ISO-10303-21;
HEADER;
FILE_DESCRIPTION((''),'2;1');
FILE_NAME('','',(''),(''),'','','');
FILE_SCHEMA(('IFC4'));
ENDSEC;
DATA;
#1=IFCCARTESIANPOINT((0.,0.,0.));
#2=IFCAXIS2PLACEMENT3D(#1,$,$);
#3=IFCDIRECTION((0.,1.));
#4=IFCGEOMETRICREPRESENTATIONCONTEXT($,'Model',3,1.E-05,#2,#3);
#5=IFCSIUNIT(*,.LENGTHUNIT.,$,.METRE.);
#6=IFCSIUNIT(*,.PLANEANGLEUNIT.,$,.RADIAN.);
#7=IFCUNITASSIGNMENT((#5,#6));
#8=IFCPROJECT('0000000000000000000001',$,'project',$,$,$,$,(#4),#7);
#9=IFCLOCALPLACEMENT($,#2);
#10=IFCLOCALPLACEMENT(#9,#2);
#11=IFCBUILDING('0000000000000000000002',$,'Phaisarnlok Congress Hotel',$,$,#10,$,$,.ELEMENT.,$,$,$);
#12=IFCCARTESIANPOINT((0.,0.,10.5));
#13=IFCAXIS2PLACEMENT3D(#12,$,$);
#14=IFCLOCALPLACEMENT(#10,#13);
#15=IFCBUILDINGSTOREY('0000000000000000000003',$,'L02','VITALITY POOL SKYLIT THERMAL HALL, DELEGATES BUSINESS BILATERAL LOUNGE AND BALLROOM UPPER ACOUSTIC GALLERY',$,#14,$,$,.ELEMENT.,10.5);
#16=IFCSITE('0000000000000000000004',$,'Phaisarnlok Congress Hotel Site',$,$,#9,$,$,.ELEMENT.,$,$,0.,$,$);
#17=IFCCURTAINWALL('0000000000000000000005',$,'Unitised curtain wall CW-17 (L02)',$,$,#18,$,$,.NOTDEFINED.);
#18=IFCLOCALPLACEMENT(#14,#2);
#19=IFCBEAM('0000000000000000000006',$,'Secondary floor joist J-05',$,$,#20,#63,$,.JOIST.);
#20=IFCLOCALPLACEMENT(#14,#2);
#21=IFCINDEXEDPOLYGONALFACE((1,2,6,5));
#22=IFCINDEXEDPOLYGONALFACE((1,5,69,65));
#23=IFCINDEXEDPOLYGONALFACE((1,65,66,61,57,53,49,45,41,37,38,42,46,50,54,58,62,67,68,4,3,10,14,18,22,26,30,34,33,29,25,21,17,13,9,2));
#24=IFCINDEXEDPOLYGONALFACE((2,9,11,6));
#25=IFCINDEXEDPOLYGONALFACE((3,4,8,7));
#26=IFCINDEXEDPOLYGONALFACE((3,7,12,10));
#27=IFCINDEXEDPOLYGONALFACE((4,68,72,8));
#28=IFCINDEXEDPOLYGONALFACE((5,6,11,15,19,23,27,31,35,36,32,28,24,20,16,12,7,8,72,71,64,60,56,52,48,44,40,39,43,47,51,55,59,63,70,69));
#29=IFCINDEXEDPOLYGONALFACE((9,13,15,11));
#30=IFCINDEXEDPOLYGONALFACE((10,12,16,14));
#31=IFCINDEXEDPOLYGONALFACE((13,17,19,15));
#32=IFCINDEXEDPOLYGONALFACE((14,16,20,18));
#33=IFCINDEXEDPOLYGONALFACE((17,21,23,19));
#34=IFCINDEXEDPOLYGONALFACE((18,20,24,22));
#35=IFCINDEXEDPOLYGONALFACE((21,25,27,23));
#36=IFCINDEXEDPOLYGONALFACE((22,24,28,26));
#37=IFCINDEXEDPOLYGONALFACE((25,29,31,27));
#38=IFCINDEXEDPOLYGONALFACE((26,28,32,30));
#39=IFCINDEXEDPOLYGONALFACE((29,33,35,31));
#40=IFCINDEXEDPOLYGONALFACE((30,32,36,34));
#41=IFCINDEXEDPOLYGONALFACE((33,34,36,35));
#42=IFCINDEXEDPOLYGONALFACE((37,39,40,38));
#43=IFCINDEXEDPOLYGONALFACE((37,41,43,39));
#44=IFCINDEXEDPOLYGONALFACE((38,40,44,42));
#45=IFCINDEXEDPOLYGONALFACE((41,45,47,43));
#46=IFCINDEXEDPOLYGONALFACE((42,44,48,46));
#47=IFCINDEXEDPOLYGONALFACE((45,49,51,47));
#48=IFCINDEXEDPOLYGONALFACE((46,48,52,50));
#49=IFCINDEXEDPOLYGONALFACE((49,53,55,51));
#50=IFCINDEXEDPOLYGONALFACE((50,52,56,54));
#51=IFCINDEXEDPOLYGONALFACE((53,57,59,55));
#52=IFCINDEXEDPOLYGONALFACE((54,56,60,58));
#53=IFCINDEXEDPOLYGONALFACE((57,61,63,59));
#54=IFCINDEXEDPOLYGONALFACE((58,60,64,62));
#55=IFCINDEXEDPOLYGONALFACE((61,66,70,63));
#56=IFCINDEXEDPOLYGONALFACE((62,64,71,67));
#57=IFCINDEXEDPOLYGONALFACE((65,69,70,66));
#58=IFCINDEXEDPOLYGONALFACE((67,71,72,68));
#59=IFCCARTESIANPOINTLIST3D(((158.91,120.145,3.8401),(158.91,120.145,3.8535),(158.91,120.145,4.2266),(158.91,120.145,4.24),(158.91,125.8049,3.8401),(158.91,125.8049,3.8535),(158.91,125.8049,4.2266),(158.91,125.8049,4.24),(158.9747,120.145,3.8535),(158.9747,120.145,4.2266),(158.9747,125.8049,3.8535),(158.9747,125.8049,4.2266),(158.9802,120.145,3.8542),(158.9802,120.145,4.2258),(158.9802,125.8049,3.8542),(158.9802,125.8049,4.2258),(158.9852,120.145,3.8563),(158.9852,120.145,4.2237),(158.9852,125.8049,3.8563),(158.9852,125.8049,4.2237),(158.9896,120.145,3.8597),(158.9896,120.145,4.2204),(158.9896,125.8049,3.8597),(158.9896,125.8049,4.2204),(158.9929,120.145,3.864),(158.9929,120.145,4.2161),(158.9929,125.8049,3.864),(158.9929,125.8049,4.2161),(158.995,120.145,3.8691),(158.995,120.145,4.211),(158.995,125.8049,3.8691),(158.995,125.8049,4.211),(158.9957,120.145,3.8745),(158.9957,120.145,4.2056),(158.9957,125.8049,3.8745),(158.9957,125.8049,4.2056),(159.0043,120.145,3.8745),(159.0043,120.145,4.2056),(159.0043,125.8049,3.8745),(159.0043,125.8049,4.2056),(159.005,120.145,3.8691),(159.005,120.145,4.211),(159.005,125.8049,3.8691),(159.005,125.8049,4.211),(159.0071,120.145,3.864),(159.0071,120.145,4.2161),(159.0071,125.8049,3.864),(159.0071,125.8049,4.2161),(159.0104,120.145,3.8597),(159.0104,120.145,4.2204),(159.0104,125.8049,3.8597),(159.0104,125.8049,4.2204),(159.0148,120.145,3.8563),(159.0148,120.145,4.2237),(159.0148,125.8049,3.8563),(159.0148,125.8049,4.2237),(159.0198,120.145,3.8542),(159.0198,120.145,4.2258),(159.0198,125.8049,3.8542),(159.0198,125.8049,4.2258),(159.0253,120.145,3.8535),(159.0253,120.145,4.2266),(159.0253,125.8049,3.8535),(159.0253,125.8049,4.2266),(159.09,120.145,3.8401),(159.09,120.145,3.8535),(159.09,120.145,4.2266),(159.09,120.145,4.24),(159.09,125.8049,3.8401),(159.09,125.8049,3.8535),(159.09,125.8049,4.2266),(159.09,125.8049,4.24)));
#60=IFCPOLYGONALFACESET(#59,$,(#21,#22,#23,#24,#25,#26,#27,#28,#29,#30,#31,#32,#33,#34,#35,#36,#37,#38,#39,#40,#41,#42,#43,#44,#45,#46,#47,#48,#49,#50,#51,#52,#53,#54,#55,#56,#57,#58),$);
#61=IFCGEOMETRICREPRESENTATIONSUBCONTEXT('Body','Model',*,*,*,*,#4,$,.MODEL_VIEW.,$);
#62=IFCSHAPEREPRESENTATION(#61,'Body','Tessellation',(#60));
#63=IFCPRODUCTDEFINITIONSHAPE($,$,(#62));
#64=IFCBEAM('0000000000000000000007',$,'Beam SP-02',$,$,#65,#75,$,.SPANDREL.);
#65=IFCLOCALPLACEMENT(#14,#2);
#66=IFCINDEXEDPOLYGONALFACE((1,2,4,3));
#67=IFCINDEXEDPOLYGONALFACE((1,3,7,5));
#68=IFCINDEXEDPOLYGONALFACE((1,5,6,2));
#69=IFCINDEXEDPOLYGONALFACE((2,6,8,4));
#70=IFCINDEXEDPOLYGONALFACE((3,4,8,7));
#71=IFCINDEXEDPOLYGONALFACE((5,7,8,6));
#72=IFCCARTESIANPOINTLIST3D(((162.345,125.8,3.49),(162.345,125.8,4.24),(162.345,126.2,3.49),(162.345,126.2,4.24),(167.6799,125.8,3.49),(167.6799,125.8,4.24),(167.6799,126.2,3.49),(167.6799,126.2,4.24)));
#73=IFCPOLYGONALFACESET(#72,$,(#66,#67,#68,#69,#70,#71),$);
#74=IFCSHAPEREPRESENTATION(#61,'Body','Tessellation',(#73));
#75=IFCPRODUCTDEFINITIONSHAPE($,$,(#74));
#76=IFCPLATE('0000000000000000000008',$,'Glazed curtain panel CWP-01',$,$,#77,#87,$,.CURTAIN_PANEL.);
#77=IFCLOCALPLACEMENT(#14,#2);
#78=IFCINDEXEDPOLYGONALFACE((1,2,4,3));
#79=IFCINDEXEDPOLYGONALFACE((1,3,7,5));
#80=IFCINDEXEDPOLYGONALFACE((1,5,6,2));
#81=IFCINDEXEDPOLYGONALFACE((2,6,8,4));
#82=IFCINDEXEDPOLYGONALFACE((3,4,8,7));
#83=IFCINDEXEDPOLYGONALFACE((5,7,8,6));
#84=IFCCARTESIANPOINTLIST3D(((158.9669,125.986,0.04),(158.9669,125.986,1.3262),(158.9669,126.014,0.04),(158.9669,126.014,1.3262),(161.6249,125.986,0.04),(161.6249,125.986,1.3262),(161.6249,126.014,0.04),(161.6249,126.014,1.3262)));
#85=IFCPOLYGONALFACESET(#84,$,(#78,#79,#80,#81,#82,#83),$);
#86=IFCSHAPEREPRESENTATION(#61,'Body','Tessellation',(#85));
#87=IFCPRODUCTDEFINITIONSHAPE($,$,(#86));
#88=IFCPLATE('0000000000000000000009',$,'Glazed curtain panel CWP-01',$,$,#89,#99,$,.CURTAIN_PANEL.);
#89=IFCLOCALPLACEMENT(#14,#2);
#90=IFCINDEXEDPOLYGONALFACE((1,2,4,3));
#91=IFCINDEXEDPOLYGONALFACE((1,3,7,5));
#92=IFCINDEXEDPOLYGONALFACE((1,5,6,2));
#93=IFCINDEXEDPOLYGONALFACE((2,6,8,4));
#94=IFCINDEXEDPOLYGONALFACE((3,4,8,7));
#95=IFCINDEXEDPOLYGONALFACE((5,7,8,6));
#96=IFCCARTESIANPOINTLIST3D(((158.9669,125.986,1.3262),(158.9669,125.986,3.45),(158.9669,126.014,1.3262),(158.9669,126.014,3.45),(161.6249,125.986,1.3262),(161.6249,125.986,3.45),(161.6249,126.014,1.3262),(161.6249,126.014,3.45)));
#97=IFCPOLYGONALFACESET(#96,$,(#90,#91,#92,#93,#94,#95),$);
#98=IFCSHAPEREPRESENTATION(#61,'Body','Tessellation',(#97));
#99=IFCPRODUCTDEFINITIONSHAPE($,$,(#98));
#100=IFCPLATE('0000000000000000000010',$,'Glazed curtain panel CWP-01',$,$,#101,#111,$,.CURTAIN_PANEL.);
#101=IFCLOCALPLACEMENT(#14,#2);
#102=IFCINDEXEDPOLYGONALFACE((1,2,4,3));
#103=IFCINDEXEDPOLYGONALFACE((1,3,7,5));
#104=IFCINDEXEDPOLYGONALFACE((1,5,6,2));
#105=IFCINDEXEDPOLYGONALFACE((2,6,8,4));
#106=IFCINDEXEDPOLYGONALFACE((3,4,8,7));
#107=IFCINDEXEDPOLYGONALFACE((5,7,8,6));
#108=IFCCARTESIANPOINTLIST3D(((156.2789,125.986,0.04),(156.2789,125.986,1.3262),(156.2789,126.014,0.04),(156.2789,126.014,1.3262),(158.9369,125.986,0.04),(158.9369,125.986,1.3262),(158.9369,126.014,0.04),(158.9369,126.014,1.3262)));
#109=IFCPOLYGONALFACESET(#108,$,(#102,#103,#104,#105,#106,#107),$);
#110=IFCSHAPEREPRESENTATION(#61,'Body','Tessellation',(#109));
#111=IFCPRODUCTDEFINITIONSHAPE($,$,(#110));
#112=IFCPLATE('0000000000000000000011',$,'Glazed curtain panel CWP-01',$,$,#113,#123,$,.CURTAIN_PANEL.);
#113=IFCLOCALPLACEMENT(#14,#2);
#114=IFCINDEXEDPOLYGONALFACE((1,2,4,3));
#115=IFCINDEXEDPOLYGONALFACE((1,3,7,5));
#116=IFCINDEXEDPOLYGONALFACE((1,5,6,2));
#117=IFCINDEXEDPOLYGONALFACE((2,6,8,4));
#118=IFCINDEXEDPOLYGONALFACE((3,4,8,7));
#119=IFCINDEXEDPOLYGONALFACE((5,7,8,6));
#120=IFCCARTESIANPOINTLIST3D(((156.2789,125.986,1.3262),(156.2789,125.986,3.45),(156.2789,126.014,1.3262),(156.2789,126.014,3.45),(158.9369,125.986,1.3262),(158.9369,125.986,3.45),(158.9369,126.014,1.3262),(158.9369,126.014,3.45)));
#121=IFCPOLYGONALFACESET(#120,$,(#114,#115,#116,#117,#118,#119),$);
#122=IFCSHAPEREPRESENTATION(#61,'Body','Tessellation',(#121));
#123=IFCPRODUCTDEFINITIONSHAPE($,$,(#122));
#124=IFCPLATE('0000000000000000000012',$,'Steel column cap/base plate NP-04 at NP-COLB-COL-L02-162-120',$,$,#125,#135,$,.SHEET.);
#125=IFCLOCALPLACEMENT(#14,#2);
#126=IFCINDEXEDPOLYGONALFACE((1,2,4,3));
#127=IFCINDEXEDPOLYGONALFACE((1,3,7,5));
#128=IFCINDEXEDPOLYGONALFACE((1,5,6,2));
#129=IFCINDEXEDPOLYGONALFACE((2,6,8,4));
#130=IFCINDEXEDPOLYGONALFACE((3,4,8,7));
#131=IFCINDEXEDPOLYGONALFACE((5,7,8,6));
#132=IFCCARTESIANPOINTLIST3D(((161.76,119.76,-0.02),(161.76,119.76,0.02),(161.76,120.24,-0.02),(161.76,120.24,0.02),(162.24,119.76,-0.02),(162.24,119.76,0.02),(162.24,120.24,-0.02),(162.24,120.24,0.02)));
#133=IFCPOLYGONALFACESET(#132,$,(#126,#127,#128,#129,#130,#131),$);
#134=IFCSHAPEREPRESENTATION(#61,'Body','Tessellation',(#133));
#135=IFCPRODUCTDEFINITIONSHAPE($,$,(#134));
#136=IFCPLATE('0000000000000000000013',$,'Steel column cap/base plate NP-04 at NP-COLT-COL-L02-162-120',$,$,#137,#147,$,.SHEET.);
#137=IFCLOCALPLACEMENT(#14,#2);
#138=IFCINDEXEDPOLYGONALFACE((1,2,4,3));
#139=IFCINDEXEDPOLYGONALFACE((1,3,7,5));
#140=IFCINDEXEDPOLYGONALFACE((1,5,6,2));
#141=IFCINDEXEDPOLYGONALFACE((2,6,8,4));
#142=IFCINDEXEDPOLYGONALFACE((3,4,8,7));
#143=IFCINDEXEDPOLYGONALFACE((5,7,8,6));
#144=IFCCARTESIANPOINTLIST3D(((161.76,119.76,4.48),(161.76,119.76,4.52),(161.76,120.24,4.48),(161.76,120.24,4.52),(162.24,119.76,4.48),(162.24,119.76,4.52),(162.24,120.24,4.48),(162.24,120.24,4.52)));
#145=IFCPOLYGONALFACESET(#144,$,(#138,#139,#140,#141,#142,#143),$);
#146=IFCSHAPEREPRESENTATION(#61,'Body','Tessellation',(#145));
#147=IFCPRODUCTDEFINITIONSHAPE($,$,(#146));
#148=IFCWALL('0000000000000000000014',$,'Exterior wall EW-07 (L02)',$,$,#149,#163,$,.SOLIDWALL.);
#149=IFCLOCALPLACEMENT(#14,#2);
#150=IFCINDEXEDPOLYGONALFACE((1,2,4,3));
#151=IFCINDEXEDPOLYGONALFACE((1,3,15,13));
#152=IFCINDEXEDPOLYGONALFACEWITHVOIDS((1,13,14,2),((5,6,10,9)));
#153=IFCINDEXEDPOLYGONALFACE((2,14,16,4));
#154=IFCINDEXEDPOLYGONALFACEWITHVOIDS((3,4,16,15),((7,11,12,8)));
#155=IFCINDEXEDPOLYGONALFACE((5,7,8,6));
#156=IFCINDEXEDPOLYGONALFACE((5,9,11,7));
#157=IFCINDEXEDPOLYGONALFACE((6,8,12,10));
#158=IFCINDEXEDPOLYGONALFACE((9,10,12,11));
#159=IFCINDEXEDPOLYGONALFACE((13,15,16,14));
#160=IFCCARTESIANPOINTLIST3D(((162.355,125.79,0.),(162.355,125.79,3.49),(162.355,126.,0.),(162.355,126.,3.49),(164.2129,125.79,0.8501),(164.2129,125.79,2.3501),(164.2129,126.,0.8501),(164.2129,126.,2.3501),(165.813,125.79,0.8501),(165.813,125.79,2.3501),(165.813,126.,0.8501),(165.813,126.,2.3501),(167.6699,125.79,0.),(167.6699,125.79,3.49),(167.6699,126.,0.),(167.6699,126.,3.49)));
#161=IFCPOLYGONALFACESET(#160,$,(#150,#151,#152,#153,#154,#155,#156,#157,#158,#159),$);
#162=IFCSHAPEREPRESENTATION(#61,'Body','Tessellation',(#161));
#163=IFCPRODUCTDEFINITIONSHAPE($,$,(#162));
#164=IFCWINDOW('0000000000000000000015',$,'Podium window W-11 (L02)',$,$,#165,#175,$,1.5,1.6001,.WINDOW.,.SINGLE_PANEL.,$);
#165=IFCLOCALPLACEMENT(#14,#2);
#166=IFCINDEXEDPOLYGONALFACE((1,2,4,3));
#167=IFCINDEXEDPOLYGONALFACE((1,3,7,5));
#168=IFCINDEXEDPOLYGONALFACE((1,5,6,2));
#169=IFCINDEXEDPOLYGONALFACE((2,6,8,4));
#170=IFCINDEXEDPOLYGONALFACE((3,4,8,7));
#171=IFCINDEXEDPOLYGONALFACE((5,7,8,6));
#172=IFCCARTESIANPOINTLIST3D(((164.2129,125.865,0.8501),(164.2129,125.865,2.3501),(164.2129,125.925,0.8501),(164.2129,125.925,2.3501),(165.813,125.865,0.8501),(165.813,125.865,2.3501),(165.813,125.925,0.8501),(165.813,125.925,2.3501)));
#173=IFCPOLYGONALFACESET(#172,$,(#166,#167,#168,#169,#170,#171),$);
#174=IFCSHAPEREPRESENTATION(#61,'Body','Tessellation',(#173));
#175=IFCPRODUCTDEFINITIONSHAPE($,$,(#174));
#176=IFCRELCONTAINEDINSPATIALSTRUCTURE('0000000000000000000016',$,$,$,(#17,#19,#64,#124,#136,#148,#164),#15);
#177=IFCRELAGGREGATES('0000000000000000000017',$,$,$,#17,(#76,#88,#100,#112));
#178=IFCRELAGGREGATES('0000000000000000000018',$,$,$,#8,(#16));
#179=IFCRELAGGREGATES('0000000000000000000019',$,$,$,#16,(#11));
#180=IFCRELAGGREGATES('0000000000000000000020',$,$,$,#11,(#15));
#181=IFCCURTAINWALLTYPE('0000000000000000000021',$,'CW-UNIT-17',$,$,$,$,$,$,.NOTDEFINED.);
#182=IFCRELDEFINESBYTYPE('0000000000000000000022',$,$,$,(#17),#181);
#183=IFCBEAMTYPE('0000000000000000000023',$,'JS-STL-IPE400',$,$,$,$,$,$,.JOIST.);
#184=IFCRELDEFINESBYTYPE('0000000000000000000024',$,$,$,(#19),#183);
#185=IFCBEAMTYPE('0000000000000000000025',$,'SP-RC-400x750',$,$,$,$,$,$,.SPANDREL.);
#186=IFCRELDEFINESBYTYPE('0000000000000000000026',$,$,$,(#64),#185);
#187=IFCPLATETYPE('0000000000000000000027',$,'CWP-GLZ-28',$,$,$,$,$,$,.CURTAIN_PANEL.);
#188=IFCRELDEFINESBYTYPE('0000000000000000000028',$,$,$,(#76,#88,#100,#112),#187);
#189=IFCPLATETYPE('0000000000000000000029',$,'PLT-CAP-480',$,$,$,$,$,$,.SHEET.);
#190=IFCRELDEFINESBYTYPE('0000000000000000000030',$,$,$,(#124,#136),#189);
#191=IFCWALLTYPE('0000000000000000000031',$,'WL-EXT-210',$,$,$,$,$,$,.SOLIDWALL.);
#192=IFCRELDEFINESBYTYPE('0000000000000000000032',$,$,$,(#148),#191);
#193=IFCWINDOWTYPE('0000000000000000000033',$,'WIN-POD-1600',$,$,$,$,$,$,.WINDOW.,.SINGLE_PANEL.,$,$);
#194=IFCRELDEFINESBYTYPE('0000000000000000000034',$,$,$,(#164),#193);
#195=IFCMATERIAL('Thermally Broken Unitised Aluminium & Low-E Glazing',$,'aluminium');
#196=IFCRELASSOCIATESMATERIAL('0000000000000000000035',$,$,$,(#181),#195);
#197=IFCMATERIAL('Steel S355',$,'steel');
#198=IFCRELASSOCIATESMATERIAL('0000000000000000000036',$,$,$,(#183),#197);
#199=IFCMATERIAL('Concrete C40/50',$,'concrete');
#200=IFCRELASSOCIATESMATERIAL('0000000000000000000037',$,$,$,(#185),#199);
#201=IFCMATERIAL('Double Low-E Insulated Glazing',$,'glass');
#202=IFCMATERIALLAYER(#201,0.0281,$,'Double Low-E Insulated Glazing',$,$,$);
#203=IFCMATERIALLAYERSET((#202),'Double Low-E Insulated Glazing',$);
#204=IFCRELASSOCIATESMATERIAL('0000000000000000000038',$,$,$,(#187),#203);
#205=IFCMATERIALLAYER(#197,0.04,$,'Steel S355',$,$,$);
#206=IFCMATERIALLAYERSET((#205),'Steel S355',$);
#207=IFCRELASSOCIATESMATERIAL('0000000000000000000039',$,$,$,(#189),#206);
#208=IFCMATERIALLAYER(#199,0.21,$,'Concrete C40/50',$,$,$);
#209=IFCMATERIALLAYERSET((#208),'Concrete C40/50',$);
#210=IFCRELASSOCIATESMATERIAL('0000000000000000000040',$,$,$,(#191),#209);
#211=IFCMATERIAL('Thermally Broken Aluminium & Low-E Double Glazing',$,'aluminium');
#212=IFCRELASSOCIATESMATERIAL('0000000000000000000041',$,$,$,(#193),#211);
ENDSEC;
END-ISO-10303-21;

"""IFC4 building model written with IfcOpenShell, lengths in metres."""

from ifc_helpers import new_model, si_unit, direction, frame, frame_2d, origin, origin_2d, place, context, subcontext, project, spatial, rectangle, i_section, extrude, material, layer, layer_set, material_profile, profile_set, type_object, element, fill, aggregate, save


model = new_model("IFC4")

# Units and contexts
model_context = context("Model", 3, precision=1e-05, world=origin(), true_north=direction((0.0, 1.0)))
body_context = subcontext(model_context, "Body", "Model", "MODEL_VIEW")
ifc_project = project(units=[si_unit("LENGTHUNIT", "METRE"), si_unit("PLANEANGLEUNIT", "RADIAN")], contexts=[model_context])

# Site, building, storey
site_placement = place(None, origin())
site = spatial("IfcSite", under=ifc_project, at=site_placement, Name="Phaisarnlok Congress Hotel Site", CompositionType="ELEMENT", RefElevation=0.0)
building_placement = place(site_placement, origin())
building = spatial("IfcBuilding", under=site, at=building_placement, Name="Phaisarnlok Congress Hotel", CompositionType="ELEMENT")
storey_placement = place(building_placement, frame((0.0, 0.0, 10.5)))
storey = spatial("IfcBuildingStorey", under=building, at=storey_placement, Name="L02", Description="VITALITY POOL SKYLIT THERMAL HALL, DELEGATES BUSINESS BILATERAL LOUNGE AND BALLROOM UPPER ACOUSTIC GALLERY", CompositionType="ELEMENT", Elevation=10.5)

# Shared definitions
ifc_material_1 = material(Name="Steel S355", Category="steel")

# Shared definitions
ifc_material_2 = material(Name="Concrete C40/50", Category="concrete")

# Curtain wall
ifc_material_3 = material(Name="Thermally Broken Unitised Aluminium & Low-E Glazing", Category="aluminium")
curtain_wall_type = type_object("IfcCurtainWallType", Name="CW-UNIT-17", PredefinedType="NOTDEFINED", material=ifc_material_3)
curtain_wall_placement = place(storey_placement, origin())
curtain_wall = element("IfcCurtainWall", 1, at=curtain_wall_placement, inside=storey, type_object=curtain_wall_type, Name="Unitised curtain wall CW-17 (L02)", PredefinedType="NOTDEFINED")

# Beams
ifc_material_profile_1 = material_profile(ifc_material_1, i_section(OverallWidth=0.1799, OverallDepth=0.3999, WebThickness=0.0085, FlangeThickness=0.0134, FilletRadius=0.021, at=origin_2d()), Name="IPE 400")
ifc_profile_set_1 = profile_set([ifc_material_profile_1], Name="Steel S355")
beam_type_1 = type_object("IfcBeamType", Name="JS-STL-IPE400", PredefinedType="JOIST", material=ifc_profile_set_1)
beam_1_placement = place(storey_placement, frame((159.0, 120.145, 4.04), z_axis=(0.0, 1.0, 0.0), x_axis=(-1.0, 0.0, 0.0)))
element("IfcBeam", 2, at=beam_1_placement, inside=storey, type_object=beam_type_1, Name="Secondary floor joist J-05", PredefinedType="JOIST", context=body_context, shape_type="SweptSolid", body=[
    extrude(i_section(OverallWidth=0.1799, OverallDepth=0.3999, WebThickness=0.0085, FlangeThickness=0.0134, FilletRadius=0.021, at=origin_2d()), origin(), (0.0, 0.0, 1.0), 5.6599),
])
ifc_material_profile_2 = material_profile(ifc_material_2, rectangle(XDim=0.3999, YDim=0.75, at=origin_2d()), Name="RC 400x750")
ifc_profile_set_2 = profile_set([ifc_material_profile_2], Name="Concrete C40/50")
beam_type_2 = type_object("IfcBeamType", Name="SP-RC-400x750", PredefinedType="SPANDREL", material=ifc_profile_set_2)
beam_2_placement = place(storey_placement, frame((162.345, 126.0, 3.865), z_axis=(1.0, 0.0, 0.0), x_axis=(0.0, 1.0, 0.0)))
element("IfcBeam", 3, at=beam_2_placement, inside=storey, type_object=beam_type_2, Name="Beam SP-02", PredefinedType="SPANDREL", context=body_context, shape_type="SweptSolid", body=[
    extrude(rectangle(XDim=0.3999, YDim=0.75, at=origin_2d()), origin(), (0.0, 0.0, 1.0), 5.335),
])

# Plates
ifc_material_4 = material(Name="Double Low-E Insulated Glazing", Category="glass")
ifc_layer_1 = layer(ifc_material_4, 0.0281, Name="Double Low-E Insulated Glazing")
ifc_layer_set_1 = layer_set([ifc_layer_1], Name="Double Low-E Insulated Glazing")
plate_type_1 = type_object("IfcPlateType", Name="CWP-GLZ-28", PredefinedType="CURTAIN_PANEL", material=ifc_layer_set_1)
plate_1_placement = place(storey_placement, frame((161.625, 126.0, 0.04), z_axis=(0.0, 0.0, 1.0), x_axis=(-1.0, 0.0, 0.0)))
plate_1 = element("IfcPlate", 4, at=plate_1_placement, type_object=plate_type_1, Name="Glazed curtain panel CWP-01", PredefinedType="CURTAIN_PANEL", context=body_context, shape_type="SweptSolid", body=[
    extrude(rectangle(XDim=2.658, YDim=0.0281, at=frame_2d((1.3291, 0.0))), origin(), (0.0, 0.0, 1.0), 1.2861),
])
plate_2_placement = place(storey_placement, frame((161.625, 126.0, 1.3262), z_axis=(0.0, 0.0, 1.0), x_axis=(-1.0, 0.0, 0.0)))
plate_2 = element("IfcPlate", 5, at=plate_2_placement, type_object=plate_type_1, Name="Glazed curtain panel CWP-01", PredefinedType="CURTAIN_PANEL", context=body_context, shape_type="SweptSolid", body=[
    extrude(rectangle(XDim=2.658, YDim=0.0281, at=frame_2d((1.3291, 0.0))), origin(), (0.0, 0.0, 1.0), 2.1238),
])
plate_3_placement = place(storey_placement, frame((158.937, 126.0, 0.04), z_axis=(0.0, 0.0, 1.0), x_axis=(-1.0, 0.0, 0.0)))
plate_3 = element("IfcPlate", 6, at=plate_3_placement, type_object=plate_type_1, Name="Glazed curtain panel CWP-01", PredefinedType="CURTAIN_PANEL", context=body_context, shape_type="SweptSolid", body=[
    extrude(rectangle(XDim=2.658, YDim=0.0281, at=frame_2d((1.3291, 0.0))), origin(), (0.0, 0.0, 1.0), 1.2861),
])
plate_4_placement = place(storey_placement, frame((158.937, 126.0, 1.3262), z_axis=(0.0, 0.0, 1.0), x_axis=(-1.0, 0.0, 0.0)))
plate_4 = element("IfcPlate", 7, at=plate_4_placement, type_object=plate_type_1, Name="Glazed curtain panel CWP-01", PredefinedType="CURTAIN_PANEL", context=body_context, shape_type="SweptSolid", body=[
    extrude(rectangle(XDim=2.658, YDim=0.0281, at=frame_2d((1.3291, 0.0))), origin(), (0.0, 0.0, 1.0), 2.1238),
])
aggregate(curtain_wall, [plate_1, plate_2, plate_3, plate_4])

# Plates
ifc_layer_2 = layer(ifc_material_1, 0.04, Name="Steel S355")
ifc_layer_set_2 = layer_set([ifc_layer_2], Name="Steel S355")
plate_type_2 = type_object("IfcPlateType", Name="PLT-CAP-480", PredefinedType="SHEET", material=ifc_layer_set_2)
for number, where, z_axis, x_axis, name in (
    (8, (162.0, 120.0, -0.02), (0.0, 0.0, 1.0), (1.0, 0.0, 0.0), "Steel column cap/base plate NP-04 at NP-COLB-COL-L02-162-120"),
    (9, (162.0, 120.0, 4.48), (0.0, 0.0, 1.0), (1.0, 0.0, 0.0), "Steel column cap/base plate NP-04 at NP-COLT-COL-L02-162-120"),
):
    element("IfcPlate", number, at=place(storey_placement, frame(where, z_axis=z_axis, x_axis=x_axis)), inside=storey, type_object=plate_type_2, Name=name, PredefinedType="SHEET", context=body_context, shape_type="SweptSolid", body=[
        extrude(rectangle(XDim=0.48, YDim=0.48, at=origin_2d()), origin(), (0.0, 0.0, 1.0), 0.04),
    ])

# Wall, opening, window
ifc_layer_3 = layer(ifc_material_2, 0.21, Name="Concrete C40/50")
ifc_layer_set_3 = layer_set([ifc_layer_3], Name="Concrete C40/50")
wall_type = type_object("IfcWallType", Name="WL-EXT-210", PredefinedType="SOLIDWALL", material=ifc_layer_set_3)
wall_placement = place(storey_placement, frame((167.6699, 125.895, 0.0), z_axis=(0.0, 0.0, 1.0), x_axis=(-1.0, 0.0, 0.0)))
wall = element("IfcWall", 10, at=wall_placement, inside=storey, type_object=wall_type, Name="Exterior wall EW-07 (L02)", PredefinedType="SOLIDWALL", context=body_context, shape_type="SweptSolid", body=[
    extrude(rectangle(XDim=5.3149, YDim=0.21, at=frame_2d((2.6575, 0.0))), origin(), (0.0, 0.0, 1.0), 3.49),
])
opening_placement = place(wall_placement, frame((1.8569, 0.0, 0.8501)))
opening = element("IfcOpeningElement", 11, at=opening_placement, cuts=wall, PredefinedType="OPENING", context=body_context, shape_type="SweptSolid", body=[
    extrude(rectangle(XDim=1.6001, YDim=1.5, at=frame_2d((0.8, 0.75))), frame((0.0, 0.115, 0.0), z_axis=(0.0, -1.0, 0.0), x_axis=(1.0, 0.0, 0.0)), (0.0, 0.0, 1.0), 0.23),
])
ifc_material_5 = material(Name="Thermally Broken Aluminium & Low-E Double Glazing", Category="aluminium")
window_type = type_object("IfcWindowType", Name="WIN-POD-1600", PartitioningType="SINGLE_PANEL", PredefinedType="WINDOW", material=ifc_material_5)
window_placement = place(opening_placement, origin())
window = element("IfcWindow", 12, at=window_placement, inside=storey, type_object=window_type, Name="Podium window W-11 (L02)", OverallHeight=1.5, OverallWidth=1.6001, PartitioningType="SINGLE_PANEL", PredefinedType="WINDOW", context=body_context, shape_type="SweptSolid", body=[
    extrude(rectangle(XDim=1.6001, YDim=1.5, at=frame_2d((0.8, 0.75))), frame((0.0, 0.03, 0.0), z_axis=(0.0, -1.0, 0.0), x_axis=(1.0, 0.0, 0.0)), (0.0, 0.0, 1.0), 0.0601),
])
fill(opening, window)

save(model, "model.ifc")
